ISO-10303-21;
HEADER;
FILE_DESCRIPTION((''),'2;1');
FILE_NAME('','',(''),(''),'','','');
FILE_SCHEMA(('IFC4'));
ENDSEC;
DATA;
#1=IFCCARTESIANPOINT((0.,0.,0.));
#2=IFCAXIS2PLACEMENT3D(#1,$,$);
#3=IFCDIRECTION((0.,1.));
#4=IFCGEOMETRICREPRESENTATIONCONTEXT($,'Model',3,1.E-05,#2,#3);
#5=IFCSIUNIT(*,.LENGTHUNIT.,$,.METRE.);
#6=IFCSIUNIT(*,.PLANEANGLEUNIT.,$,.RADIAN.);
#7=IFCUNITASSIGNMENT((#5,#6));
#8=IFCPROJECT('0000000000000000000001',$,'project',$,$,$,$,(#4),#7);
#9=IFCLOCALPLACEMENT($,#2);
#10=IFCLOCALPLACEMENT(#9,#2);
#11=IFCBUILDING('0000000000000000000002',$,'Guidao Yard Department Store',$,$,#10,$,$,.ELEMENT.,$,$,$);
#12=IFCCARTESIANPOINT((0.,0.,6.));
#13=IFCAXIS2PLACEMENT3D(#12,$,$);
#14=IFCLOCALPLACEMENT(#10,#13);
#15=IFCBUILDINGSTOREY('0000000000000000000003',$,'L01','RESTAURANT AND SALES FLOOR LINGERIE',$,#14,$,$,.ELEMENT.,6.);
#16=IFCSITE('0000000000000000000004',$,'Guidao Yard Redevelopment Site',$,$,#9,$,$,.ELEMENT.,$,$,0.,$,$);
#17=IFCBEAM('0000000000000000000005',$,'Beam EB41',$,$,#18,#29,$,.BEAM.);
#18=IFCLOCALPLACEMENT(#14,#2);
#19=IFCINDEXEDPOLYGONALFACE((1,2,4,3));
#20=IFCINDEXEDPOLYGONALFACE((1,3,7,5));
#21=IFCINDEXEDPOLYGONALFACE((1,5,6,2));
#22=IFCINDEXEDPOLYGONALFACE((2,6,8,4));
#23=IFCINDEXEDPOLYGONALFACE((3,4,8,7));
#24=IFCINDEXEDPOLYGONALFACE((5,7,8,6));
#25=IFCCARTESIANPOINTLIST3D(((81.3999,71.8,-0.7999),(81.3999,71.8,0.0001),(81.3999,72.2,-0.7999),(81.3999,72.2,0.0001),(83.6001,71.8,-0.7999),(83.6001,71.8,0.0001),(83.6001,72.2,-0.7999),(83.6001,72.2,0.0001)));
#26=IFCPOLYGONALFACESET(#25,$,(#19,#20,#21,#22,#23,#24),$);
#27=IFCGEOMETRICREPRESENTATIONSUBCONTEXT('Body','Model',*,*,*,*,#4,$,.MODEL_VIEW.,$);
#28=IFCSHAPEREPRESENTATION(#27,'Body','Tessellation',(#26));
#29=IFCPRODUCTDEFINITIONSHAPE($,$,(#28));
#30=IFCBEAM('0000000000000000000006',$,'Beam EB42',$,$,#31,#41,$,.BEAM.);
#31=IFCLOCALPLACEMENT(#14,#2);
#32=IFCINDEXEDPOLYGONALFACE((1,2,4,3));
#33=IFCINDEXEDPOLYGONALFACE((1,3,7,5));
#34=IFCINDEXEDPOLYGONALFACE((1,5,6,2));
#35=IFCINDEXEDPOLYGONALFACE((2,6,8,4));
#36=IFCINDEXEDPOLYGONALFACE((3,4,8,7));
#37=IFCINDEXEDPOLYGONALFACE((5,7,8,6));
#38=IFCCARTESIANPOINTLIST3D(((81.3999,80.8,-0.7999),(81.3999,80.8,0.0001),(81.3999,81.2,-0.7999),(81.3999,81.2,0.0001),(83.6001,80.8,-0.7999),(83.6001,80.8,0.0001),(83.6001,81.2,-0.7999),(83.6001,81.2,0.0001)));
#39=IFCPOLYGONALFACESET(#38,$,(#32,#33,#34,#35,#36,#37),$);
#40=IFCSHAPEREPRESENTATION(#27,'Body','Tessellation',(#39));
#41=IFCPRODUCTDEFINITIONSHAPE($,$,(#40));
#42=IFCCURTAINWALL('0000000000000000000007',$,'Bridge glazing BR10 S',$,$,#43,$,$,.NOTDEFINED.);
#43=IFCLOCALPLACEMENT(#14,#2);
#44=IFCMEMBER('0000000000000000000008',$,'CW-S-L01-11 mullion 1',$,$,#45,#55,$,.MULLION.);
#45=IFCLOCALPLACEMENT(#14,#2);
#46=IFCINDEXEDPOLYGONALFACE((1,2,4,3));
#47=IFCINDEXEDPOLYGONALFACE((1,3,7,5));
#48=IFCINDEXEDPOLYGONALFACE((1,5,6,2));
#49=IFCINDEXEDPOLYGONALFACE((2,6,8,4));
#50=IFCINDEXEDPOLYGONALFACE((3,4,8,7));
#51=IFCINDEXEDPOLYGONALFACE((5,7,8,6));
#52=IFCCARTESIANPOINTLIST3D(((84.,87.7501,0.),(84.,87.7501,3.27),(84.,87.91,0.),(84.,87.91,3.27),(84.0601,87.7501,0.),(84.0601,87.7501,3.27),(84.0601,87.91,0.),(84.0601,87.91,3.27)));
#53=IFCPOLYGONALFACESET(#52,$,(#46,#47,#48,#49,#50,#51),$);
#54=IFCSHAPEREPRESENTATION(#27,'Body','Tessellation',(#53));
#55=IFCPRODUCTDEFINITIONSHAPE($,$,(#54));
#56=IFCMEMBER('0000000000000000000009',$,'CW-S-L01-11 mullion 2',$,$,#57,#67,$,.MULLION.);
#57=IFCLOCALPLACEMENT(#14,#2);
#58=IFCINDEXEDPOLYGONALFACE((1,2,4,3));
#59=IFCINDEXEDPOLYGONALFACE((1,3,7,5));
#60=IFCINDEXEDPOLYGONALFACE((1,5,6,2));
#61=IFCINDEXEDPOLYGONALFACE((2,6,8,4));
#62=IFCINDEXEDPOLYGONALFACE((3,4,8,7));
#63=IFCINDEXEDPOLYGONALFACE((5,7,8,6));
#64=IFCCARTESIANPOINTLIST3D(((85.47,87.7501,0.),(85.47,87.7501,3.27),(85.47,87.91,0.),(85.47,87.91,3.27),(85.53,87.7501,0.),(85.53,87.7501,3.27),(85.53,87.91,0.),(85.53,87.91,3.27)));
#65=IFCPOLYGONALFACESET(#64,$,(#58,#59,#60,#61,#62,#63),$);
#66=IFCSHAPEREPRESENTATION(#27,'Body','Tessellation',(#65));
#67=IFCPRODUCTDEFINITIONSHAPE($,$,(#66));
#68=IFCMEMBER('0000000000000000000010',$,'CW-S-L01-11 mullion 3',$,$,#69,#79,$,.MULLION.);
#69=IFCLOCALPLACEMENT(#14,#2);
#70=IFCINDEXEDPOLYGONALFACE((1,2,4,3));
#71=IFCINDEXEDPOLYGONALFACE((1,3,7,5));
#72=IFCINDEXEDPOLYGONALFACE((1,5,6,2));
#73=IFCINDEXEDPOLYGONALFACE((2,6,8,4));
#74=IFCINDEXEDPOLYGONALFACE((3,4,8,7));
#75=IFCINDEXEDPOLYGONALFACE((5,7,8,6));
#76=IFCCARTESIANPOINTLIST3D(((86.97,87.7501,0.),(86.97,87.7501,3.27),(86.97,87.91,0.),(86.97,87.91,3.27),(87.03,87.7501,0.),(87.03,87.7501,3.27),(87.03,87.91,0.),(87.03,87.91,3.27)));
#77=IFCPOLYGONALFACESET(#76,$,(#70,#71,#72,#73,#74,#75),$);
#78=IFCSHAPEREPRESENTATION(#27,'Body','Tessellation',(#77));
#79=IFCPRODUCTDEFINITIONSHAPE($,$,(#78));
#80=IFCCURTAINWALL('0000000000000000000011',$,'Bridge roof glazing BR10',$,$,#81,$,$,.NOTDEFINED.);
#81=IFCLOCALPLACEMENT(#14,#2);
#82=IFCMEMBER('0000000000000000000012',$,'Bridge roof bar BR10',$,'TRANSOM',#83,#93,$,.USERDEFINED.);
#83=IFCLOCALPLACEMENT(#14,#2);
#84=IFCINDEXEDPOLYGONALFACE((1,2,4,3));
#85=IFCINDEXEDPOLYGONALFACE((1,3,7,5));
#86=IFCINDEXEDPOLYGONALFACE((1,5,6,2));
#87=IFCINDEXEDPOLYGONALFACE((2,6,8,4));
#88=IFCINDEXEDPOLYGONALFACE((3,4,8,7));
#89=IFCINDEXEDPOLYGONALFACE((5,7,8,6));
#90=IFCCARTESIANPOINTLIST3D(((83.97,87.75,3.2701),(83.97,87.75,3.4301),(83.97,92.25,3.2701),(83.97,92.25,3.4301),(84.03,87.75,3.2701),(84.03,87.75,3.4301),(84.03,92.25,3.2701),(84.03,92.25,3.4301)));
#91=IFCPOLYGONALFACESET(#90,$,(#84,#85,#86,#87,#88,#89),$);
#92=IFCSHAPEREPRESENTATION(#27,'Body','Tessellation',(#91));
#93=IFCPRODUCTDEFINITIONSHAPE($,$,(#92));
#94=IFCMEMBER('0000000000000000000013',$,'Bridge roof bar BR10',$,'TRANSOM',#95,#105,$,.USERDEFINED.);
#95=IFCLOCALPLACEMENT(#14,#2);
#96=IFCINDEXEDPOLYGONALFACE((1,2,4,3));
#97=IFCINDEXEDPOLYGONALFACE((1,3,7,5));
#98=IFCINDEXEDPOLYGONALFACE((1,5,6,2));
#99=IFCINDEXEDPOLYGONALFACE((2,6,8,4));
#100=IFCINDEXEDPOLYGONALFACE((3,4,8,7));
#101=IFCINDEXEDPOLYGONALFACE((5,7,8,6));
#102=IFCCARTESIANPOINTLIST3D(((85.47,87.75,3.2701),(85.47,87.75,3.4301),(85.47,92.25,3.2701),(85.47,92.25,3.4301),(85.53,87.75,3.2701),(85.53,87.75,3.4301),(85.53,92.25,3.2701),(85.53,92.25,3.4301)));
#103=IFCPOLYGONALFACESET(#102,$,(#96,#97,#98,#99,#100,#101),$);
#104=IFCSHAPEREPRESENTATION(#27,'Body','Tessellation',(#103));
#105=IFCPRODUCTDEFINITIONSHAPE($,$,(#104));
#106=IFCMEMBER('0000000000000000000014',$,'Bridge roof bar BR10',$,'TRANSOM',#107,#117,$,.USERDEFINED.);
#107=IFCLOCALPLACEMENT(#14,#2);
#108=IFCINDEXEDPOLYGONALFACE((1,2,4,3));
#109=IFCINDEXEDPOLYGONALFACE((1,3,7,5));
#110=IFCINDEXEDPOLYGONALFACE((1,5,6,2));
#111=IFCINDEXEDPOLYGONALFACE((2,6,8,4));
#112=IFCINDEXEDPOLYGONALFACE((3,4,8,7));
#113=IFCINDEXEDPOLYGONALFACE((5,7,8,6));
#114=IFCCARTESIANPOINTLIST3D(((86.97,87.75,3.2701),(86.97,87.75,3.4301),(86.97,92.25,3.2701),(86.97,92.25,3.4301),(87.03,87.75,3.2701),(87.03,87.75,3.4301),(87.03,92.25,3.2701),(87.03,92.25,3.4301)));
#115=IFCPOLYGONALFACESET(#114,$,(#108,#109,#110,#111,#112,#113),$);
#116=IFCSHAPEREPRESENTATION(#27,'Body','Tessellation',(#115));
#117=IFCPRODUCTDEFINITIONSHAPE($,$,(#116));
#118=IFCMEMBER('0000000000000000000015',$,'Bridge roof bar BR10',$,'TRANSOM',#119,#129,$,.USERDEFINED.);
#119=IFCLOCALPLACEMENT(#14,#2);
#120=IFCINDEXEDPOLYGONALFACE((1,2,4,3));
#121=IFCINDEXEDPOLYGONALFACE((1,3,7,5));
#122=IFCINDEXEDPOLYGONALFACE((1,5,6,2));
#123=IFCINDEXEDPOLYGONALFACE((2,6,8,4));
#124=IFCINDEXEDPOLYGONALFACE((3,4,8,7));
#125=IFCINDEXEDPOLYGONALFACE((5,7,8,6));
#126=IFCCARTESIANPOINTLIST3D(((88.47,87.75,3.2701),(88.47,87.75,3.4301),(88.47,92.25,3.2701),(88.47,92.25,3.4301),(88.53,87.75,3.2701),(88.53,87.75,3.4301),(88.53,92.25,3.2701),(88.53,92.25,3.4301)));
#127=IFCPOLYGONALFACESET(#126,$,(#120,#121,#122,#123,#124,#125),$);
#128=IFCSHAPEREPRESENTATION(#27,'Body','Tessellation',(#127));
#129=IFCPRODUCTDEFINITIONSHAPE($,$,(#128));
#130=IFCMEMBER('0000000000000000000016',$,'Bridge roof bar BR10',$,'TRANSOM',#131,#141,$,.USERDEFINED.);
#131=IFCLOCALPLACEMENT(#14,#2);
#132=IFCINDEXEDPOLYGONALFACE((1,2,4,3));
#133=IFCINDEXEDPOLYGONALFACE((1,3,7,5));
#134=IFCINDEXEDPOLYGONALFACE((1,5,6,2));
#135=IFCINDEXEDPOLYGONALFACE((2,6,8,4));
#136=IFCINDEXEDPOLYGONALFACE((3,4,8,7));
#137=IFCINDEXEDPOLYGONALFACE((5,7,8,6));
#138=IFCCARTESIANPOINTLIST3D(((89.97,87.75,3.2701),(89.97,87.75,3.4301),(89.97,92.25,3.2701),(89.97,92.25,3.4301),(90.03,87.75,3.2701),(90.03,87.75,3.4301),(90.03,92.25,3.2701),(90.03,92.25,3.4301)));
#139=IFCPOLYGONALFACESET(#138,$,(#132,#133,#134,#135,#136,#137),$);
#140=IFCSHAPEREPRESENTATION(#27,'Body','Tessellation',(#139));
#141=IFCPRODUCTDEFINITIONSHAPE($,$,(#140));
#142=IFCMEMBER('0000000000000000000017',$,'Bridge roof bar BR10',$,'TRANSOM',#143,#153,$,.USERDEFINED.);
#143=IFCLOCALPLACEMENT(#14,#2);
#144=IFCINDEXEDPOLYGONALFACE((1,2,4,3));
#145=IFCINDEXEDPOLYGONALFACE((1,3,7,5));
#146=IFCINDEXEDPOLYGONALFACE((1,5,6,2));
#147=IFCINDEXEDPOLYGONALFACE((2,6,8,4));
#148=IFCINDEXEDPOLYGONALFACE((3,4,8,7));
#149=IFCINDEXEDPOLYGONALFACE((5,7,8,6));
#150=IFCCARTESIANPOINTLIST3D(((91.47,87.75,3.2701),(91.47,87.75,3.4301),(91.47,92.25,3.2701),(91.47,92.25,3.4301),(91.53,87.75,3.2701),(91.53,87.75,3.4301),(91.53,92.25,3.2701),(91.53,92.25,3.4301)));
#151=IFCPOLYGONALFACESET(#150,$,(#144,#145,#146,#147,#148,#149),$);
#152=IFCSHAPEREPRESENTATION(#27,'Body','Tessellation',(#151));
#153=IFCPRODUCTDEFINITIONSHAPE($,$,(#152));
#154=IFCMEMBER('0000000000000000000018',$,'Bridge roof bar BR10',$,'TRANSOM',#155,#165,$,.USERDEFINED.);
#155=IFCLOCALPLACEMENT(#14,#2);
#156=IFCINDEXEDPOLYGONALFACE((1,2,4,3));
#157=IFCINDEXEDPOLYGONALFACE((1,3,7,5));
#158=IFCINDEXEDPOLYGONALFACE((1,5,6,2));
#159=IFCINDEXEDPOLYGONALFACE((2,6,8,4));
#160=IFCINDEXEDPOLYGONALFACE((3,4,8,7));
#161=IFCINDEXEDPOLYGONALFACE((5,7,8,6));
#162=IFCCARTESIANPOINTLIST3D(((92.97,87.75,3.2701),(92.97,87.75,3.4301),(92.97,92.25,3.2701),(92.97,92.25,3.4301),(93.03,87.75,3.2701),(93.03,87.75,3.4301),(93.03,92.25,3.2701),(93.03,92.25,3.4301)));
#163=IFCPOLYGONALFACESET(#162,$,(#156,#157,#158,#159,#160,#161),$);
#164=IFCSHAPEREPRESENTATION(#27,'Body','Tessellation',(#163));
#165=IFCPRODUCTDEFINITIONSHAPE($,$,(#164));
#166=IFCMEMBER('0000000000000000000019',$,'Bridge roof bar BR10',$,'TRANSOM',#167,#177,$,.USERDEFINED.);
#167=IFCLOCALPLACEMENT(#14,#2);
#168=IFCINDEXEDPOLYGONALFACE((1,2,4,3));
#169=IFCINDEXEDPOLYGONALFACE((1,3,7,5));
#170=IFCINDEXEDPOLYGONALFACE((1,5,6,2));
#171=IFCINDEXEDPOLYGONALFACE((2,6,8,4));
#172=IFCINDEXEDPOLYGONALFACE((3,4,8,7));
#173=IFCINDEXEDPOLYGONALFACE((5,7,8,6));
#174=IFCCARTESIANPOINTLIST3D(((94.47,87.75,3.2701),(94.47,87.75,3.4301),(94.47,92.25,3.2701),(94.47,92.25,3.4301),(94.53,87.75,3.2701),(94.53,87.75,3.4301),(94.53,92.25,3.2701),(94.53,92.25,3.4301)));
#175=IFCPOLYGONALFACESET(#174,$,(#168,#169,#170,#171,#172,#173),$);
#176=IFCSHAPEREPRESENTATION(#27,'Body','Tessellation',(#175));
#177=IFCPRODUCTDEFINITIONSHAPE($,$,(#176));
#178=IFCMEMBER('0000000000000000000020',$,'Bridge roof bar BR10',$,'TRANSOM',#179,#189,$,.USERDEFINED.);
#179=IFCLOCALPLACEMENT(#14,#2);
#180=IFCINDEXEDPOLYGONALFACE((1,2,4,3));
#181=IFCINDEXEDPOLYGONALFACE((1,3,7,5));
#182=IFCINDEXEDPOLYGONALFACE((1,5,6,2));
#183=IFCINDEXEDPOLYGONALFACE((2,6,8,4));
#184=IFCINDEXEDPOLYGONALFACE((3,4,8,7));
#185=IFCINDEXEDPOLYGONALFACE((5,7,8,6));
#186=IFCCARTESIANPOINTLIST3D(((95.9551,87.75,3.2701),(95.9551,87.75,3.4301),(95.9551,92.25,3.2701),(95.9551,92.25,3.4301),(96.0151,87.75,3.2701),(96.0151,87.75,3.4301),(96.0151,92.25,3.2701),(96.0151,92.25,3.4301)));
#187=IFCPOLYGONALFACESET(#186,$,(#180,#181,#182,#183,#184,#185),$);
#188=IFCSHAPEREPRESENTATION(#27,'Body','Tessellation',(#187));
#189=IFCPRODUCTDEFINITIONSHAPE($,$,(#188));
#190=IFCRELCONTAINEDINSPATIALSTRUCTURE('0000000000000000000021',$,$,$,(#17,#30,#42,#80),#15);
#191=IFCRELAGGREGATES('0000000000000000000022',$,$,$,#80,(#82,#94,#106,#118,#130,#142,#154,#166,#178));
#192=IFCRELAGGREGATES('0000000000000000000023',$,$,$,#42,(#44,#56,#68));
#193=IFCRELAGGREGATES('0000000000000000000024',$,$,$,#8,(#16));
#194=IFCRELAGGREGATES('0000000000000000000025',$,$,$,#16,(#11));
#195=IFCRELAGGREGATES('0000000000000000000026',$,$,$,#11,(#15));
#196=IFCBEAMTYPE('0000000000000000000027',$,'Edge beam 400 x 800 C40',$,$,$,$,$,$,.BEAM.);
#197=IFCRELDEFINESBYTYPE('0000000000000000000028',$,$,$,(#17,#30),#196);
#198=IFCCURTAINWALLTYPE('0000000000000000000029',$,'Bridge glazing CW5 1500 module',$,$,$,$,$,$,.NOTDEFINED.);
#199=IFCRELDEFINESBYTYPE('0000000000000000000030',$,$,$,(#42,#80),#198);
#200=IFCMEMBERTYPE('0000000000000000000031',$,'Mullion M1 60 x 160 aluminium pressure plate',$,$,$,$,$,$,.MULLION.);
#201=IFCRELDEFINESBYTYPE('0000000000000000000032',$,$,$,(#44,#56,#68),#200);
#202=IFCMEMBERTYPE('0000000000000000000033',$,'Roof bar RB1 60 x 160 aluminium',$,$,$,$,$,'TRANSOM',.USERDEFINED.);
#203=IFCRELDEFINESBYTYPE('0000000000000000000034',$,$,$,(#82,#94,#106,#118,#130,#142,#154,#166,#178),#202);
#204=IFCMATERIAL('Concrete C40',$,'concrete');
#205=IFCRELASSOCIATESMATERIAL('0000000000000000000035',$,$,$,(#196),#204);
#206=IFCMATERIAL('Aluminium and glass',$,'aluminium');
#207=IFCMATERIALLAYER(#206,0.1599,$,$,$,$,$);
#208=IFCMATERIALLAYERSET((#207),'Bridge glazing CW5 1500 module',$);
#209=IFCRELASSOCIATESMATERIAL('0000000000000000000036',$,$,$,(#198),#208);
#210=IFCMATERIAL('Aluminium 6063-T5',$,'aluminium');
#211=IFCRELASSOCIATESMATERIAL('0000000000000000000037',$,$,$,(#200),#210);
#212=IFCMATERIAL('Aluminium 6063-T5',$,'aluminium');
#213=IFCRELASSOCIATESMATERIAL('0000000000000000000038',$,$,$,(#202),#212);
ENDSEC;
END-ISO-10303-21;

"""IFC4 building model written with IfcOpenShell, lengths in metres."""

from ifc_helpers import new_model, si_unit, direction, frame, origin, origin_2d, place, context, subcontext, project, spatial, rectangle, extrude, material, layer, layer_set, material_profile, profile_set, type_object, element, aggregate, save


model = new_model("IFC4")

# Units and contexts
model_context = context("Model", 3, precision=1e-05, world=origin(), true_north=direction((0.0, 1.0)))
body_context = subcontext(model_context, "Body", "Model", "MODEL_VIEW")
ifc_project = project(units=[si_unit("LENGTHUNIT", "METRE"), si_unit("PLANEANGLEUNIT", "RADIAN")], contexts=[model_context])

# Site, building, storey
site_placement = place(None, origin())
site = spatial("IfcSite", under=ifc_project, at=site_placement, Name="Guidao Yard Redevelopment Site", CompositionType="ELEMENT", RefElevation=0.0)
building_placement = place(site_placement, origin())
building = spatial("IfcBuilding", under=site, at=building_placement, Name="Guidao Yard Department Store", CompositionType="ELEMENT")
storey_placement = place(building_placement, frame((0.0, 0.0, 6.0)))
storey = spatial("IfcBuildingStorey", under=building, at=storey_placement, Name="L01", Description="RESTAURANT AND SALES FLOOR LINGERIE", CompositionType="ELEMENT", Elevation=6.0)

# Beams
ifc_material_1 = material(Name="Concrete C40", Category="concrete")
ifc_material_profile_1 = material_profile(ifc_material_1, rectangle(XDim=0.3999, YDim=0.8, at=origin_2d()), Name="Edge beam 400 x 800 C40")
ifc_profile_set_1 = profile_set([ifc_material_profile_1], Name="Concrete C40")
beam_type = type_object("IfcBeamType", Name="Edge beam 400 x 800 C40", PredefinedType="BEAM", material=ifc_profile_set_1)
for number, where, z_axis, x_axis, name in (
    (1, (81.3999, 72.0, -0.3999), (1.0, 0.0, 0.0), (0.0, 1.0, 0.0), "Beam EB41"),
    (2, (81.3999, 81.0, -0.3999), (1.0, 0.0, 0.0), (0.0, 1.0, 0.0), "Beam EB42"),
):
    element("IfcBeam", number, at=place(storey_placement, frame(where, z_axis=z_axis, x_axis=x_axis)), inside=storey, type_object=beam_type, Name=name, PredefinedType="BEAM", context=body_context, shape_type="SweptSolid", body=[
        extrude(rectangle(XDim=0.3999, YDim=0.8, at=origin_2d()), origin(), (0.0, 0.0, 1.0), 2.2002),
    ])

# Curtain walls, members
ifc_material_2 = material(Name="Aluminium and glass", Category="aluminium")
ifc_layer_1 = layer(ifc_material_2, 0.1599)
ifc_layer_set_1 = layer_set([ifc_layer_1], Name="Bridge glazing CW5 1500 module")
curtain_wall_type = type_object("IfcCurtainWallType", Name="Bridge glazing CW5 1500 module", PredefinedType="NOTDEFINED", material=ifc_layer_set_1)
curtain_wall_1_placement = place(storey_placement, origin())
curtain_wall_1 = element("IfcCurtainWall", 3, at=curtain_wall_1_placement, inside=storey, type_object=curtain_wall_type, Name="Bridge glazing BR10 S", PredefinedType="NOTDEFINED")
ifc_material_3 = material(Name="Aluminium 6063-T5", Category="aluminium")
ifc_material_profile_2 = material_profile(ifc_material_3, rectangle(XDim=0.0601, YDim=0.1599, at=origin_2d()), Name="Mullion M1 60 x 160 aluminium pressure plate")
ifc_profile_set_2 = profile_set([ifc_material_profile_2], Name="Aluminium 6063-T5")
member_type_1 = type_object("IfcMemberType", Name="Mullion M1 60 x 160 aluminium pressure plate", PredefinedType="MULLION", material=ifc_profile_set_2)
member_1_placement = place(storey_placement, frame((84.03, 87.8301, 0.0), z_axis=(0.0, 0.0, 1.0), x_axis=(-1.0, 0.0, 0.0)))
member_1 = element("IfcMember", 4, at=member_1_placement, type_object=member_type_1, Name="CW-S-L01-11 mullion 1", PredefinedType="MULLION", context=body_context, shape_type="SweptSolid", body=[
    extrude(rectangle(XDim=0.0601, YDim=0.1599, at=origin_2d()), origin(), (0.0, 0.0, 1.0), 3.27),
])
member_2_placement = place(storey_placement, frame((85.5, 87.8301, 0.0), z_axis=(0.0, 0.0, 1.0), x_axis=(-1.0, 0.0, 0.0)))
member_2 = element("IfcMember", 5, at=member_2_placement, type_object=member_type_1, Name="CW-S-L01-11 mullion 2", PredefinedType="MULLION", context=body_context, shape_type="SweptSolid", body=[
    extrude(rectangle(XDim=0.0601, YDim=0.1599, at=origin_2d()), origin(), (0.0, 0.0, 1.0), 3.27),
])
member_3_placement = place(storey_placement, frame((87.0, 87.8301, 0.0), z_axis=(0.0, 0.0, 1.0), x_axis=(-1.0, 0.0, 0.0)))
member_3 = element("IfcMember", 6, at=member_3_placement, type_object=member_type_1, Name="CW-S-L01-11 mullion 3", PredefinedType="MULLION", context=body_context, shape_type="SweptSolid", body=[
    extrude(rectangle(XDim=0.0601, YDim=0.1599, at=origin_2d()), origin(), (0.0, 0.0, 1.0), 3.27),
])
curtain_wall_2_placement = place(storey_placement, origin())
curtain_wall_2 = element("IfcCurtainWall", 7, at=curtain_wall_2_placement, inside=storey, type_object=curtain_wall_type, Name="Bridge roof glazing BR10", PredefinedType="NOTDEFINED")
ifc_material_4 = material(Name="Aluminium 6063-T5", Category="aluminium")
ifc_material_profile_3 = material_profile(ifc_material_4, rectangle(XDim=0.0601, YDim=0.1599, at=origin_2d()), Name="Roof bar RB1 60 x 160 aluminium")
ifc_profile_set_3 = profile_set([ifc_material_profile_3], Name="Aluminium 6063-T5")
member_type_2 = type_object("IfcMemberType", Name="Roof bar RB1 60 x 160 aluminium", ElementType="TRANSOM", PredefinedType="USERDEFINED", material=ifc_profile_set_3)
member_4_placement = place(storey_placement, frame((84.0, 87.75, 3.3501), z_axis=(0.0, 1.0, 0.0), x_axis=(-1.0, 0.0, 0.0)))
member_4 = element("IfcMember", 8, at=member_4_placement, type_object=member_type_2, Name="Bridge roof bar BR10", ObjectType="TRANSOM", PredefinedType="USERDEFINED", context=body_context, shape_type="SweptSolid", body=[
    extrude(rectangle(XDim=0.0601, YDim=0.1599, at=origin_2d()), origin(), (0.0, 0.0, 1.0), 4.5),
])
member_5_placement = place(storey_placement, frame((85.5, 87.75, 3.3501), z_axis=(0.0, 1.0, 0.0), x_axis=(-1.0, 0.0, 0.0)))
member_5 = element("IfcMember", 9, at=member_5_placement, type_object=member_type_2, Name="Bridge roof bar BR10", ObjectType="TRANSOM", PredefinedType="USERDEFINED", context=body_context, shape_type="SweptSolid", body=[
    extrude(rectangle(XDim=0.0601, YDim=0.1599, at=origin_2d()), origin(), (0.0, 0.0, 1.0), 4.5),
])
member_6_placement = place(storey_placement, frame((87.0, 87.75, 3.3501), z_axis=(0.0, 1.0, 0.0), x_axis=(-1.0, 0.0, 0.0)))
member_6 = element("IfcMember", 10, at=member_6_placement, type_object=member_type_2, Name="Bridge roof bar BR10", ObjectType="TRANSOM", PredefinedType="USERDEFINED", context=body_context, shape_type="SweptSolid", body=[
    extrude(rectangle(XDim=0.0601, YDim=0.1599, at=origin_2d()), origin(), (0.0, 0.0, 1.0), 4.5),
])
member_7_placement = place(storey_placement, frame((88.5, 87.75, 3.3501), z_axis=(0.0, 1.0, 0.0), x_axis=(-1.0, 0.0, 0.0)))
member_7 = element("IfcMember", 11, at=member_7_placement, type_object=member_type_2, Name="Bridge roof bar BR10", ObjectType="TRANSOM", PredefinedType="USERDEFINED", context=body_context, shape_type="SweptSolid", body=[
    extrude(rectangle(XDim=0.0601, YDim=0.1599, at=origin_2d()), origin(), (0.0, 0.0, 1.0), 4.5),
])
member_8_placement = place(storey_placement, frame((90.0, 87.75, 3.3501), z_axis=(0.0, 1.0, 0.0), x_axis=(-1.0, 0.0, 0.0)))
member_8 = element("IfcMember", 12, at=member_8_placement, type_object=member_type_2, Name="Bridge roof bar BR10", ObjectType="TRANSOM", PredefinedType="USERDEFINED", context=body_context, shape_type="SweptSolid", body=[
    extrude(rectangle(XDim=0.0601, YDim=0.1599, at=origin_2d()), origin(), (0.0, 0.0, 1.0), 4.5),
])
member_9_placement = place(storey_placement, frame((91.5, 87.75, 3.3501), z_axis=(0.0, 1.0, 0.0), x_axis=(-1.0, 0.0, 0.0)))
member_9 = element("IfcMember", 13, at=member_9_placement, type_object=member_type_2, Name="Bridge roof bar BR10", ObjectType="TRANSOM", PredefinedType="USERDEFINED", context=body_context, shape_type="SweptSolid", body=[
    extrude(rectangle(XDim=0.0601, YDim=0.1599, at=origin_2d()), origin(), (0.0, 0.0, 1.0), 4.5),
])
member_10_placement = place(storey_placement, frame((93.0, 87.75, 3.3501), z_axis=(0.0, 1.0, 0.0), x_axis=(-1.0, 0.0, 0.0)))
member_10 = element("IfcMember", 14, at=member_10_placement, type_object=member_type_2, Name="Bridge roof bar BR10", ObjectType="TRANSOM", PredefinedType="USERDEFINED", context=body_context, shape_type="SweptSolid", body=[
    extrude(rectangle(XDim=0.0601, YDim=0.1599, at=origin_2d()), origin(), (0.0, 0.0, 1.0), 4.5),
])
member_11_placement = place(storey_placement, frame((94.5, 87.75, 3.3501), z_axis=(0.0, 1.0, 0.0), x_axis=(-1.0, 0.0, 0.0)))
member_11 = element("IfcMember", 15, at=member_11_placement, type_object=member_type_2, Name="Bridge roof bar BR10", ObjectType="TRANSOM", PredefinedType="USERDEFINED", context=body_context, shape_type="SweptSolid", body=[
    extrude(rectangle(XDim=0.0601, YDim=0.1599, at=origin_2d()), origin(), (0.0, 0.0, 1.0), 4.5),
])
member_12_placement = place(storey_placement, frame((95.9851, 87.75, 3.3501), z_axis=(0.0, 1.0, 0.0), x_axis=(-1.0, 0.0, 0.0)))
member_12 = element("IfcMember", 16, at=member_12_placement, type_object=member_type_2, Name="Bridge roof bar BR10", ObjectType="TRANSOM", PredefinedType="USERDEFINED", context=body_context, shape_type="SweptSolid", body=[
    extrude(rectangle(XDim=0.0601, YDim=0.1599, at=origin_2d()), origin(), (0.0, 0.0, 1.0), 4.5),
])
aggregate(curtain_wall_2, [member_4, member_5, member_6, member_7, member_8, member_9, member_10, member_11, member_12])

aggregate(curtain_wall_1, [member_1, member_2, member_3])

save(model, "model.ifc")
